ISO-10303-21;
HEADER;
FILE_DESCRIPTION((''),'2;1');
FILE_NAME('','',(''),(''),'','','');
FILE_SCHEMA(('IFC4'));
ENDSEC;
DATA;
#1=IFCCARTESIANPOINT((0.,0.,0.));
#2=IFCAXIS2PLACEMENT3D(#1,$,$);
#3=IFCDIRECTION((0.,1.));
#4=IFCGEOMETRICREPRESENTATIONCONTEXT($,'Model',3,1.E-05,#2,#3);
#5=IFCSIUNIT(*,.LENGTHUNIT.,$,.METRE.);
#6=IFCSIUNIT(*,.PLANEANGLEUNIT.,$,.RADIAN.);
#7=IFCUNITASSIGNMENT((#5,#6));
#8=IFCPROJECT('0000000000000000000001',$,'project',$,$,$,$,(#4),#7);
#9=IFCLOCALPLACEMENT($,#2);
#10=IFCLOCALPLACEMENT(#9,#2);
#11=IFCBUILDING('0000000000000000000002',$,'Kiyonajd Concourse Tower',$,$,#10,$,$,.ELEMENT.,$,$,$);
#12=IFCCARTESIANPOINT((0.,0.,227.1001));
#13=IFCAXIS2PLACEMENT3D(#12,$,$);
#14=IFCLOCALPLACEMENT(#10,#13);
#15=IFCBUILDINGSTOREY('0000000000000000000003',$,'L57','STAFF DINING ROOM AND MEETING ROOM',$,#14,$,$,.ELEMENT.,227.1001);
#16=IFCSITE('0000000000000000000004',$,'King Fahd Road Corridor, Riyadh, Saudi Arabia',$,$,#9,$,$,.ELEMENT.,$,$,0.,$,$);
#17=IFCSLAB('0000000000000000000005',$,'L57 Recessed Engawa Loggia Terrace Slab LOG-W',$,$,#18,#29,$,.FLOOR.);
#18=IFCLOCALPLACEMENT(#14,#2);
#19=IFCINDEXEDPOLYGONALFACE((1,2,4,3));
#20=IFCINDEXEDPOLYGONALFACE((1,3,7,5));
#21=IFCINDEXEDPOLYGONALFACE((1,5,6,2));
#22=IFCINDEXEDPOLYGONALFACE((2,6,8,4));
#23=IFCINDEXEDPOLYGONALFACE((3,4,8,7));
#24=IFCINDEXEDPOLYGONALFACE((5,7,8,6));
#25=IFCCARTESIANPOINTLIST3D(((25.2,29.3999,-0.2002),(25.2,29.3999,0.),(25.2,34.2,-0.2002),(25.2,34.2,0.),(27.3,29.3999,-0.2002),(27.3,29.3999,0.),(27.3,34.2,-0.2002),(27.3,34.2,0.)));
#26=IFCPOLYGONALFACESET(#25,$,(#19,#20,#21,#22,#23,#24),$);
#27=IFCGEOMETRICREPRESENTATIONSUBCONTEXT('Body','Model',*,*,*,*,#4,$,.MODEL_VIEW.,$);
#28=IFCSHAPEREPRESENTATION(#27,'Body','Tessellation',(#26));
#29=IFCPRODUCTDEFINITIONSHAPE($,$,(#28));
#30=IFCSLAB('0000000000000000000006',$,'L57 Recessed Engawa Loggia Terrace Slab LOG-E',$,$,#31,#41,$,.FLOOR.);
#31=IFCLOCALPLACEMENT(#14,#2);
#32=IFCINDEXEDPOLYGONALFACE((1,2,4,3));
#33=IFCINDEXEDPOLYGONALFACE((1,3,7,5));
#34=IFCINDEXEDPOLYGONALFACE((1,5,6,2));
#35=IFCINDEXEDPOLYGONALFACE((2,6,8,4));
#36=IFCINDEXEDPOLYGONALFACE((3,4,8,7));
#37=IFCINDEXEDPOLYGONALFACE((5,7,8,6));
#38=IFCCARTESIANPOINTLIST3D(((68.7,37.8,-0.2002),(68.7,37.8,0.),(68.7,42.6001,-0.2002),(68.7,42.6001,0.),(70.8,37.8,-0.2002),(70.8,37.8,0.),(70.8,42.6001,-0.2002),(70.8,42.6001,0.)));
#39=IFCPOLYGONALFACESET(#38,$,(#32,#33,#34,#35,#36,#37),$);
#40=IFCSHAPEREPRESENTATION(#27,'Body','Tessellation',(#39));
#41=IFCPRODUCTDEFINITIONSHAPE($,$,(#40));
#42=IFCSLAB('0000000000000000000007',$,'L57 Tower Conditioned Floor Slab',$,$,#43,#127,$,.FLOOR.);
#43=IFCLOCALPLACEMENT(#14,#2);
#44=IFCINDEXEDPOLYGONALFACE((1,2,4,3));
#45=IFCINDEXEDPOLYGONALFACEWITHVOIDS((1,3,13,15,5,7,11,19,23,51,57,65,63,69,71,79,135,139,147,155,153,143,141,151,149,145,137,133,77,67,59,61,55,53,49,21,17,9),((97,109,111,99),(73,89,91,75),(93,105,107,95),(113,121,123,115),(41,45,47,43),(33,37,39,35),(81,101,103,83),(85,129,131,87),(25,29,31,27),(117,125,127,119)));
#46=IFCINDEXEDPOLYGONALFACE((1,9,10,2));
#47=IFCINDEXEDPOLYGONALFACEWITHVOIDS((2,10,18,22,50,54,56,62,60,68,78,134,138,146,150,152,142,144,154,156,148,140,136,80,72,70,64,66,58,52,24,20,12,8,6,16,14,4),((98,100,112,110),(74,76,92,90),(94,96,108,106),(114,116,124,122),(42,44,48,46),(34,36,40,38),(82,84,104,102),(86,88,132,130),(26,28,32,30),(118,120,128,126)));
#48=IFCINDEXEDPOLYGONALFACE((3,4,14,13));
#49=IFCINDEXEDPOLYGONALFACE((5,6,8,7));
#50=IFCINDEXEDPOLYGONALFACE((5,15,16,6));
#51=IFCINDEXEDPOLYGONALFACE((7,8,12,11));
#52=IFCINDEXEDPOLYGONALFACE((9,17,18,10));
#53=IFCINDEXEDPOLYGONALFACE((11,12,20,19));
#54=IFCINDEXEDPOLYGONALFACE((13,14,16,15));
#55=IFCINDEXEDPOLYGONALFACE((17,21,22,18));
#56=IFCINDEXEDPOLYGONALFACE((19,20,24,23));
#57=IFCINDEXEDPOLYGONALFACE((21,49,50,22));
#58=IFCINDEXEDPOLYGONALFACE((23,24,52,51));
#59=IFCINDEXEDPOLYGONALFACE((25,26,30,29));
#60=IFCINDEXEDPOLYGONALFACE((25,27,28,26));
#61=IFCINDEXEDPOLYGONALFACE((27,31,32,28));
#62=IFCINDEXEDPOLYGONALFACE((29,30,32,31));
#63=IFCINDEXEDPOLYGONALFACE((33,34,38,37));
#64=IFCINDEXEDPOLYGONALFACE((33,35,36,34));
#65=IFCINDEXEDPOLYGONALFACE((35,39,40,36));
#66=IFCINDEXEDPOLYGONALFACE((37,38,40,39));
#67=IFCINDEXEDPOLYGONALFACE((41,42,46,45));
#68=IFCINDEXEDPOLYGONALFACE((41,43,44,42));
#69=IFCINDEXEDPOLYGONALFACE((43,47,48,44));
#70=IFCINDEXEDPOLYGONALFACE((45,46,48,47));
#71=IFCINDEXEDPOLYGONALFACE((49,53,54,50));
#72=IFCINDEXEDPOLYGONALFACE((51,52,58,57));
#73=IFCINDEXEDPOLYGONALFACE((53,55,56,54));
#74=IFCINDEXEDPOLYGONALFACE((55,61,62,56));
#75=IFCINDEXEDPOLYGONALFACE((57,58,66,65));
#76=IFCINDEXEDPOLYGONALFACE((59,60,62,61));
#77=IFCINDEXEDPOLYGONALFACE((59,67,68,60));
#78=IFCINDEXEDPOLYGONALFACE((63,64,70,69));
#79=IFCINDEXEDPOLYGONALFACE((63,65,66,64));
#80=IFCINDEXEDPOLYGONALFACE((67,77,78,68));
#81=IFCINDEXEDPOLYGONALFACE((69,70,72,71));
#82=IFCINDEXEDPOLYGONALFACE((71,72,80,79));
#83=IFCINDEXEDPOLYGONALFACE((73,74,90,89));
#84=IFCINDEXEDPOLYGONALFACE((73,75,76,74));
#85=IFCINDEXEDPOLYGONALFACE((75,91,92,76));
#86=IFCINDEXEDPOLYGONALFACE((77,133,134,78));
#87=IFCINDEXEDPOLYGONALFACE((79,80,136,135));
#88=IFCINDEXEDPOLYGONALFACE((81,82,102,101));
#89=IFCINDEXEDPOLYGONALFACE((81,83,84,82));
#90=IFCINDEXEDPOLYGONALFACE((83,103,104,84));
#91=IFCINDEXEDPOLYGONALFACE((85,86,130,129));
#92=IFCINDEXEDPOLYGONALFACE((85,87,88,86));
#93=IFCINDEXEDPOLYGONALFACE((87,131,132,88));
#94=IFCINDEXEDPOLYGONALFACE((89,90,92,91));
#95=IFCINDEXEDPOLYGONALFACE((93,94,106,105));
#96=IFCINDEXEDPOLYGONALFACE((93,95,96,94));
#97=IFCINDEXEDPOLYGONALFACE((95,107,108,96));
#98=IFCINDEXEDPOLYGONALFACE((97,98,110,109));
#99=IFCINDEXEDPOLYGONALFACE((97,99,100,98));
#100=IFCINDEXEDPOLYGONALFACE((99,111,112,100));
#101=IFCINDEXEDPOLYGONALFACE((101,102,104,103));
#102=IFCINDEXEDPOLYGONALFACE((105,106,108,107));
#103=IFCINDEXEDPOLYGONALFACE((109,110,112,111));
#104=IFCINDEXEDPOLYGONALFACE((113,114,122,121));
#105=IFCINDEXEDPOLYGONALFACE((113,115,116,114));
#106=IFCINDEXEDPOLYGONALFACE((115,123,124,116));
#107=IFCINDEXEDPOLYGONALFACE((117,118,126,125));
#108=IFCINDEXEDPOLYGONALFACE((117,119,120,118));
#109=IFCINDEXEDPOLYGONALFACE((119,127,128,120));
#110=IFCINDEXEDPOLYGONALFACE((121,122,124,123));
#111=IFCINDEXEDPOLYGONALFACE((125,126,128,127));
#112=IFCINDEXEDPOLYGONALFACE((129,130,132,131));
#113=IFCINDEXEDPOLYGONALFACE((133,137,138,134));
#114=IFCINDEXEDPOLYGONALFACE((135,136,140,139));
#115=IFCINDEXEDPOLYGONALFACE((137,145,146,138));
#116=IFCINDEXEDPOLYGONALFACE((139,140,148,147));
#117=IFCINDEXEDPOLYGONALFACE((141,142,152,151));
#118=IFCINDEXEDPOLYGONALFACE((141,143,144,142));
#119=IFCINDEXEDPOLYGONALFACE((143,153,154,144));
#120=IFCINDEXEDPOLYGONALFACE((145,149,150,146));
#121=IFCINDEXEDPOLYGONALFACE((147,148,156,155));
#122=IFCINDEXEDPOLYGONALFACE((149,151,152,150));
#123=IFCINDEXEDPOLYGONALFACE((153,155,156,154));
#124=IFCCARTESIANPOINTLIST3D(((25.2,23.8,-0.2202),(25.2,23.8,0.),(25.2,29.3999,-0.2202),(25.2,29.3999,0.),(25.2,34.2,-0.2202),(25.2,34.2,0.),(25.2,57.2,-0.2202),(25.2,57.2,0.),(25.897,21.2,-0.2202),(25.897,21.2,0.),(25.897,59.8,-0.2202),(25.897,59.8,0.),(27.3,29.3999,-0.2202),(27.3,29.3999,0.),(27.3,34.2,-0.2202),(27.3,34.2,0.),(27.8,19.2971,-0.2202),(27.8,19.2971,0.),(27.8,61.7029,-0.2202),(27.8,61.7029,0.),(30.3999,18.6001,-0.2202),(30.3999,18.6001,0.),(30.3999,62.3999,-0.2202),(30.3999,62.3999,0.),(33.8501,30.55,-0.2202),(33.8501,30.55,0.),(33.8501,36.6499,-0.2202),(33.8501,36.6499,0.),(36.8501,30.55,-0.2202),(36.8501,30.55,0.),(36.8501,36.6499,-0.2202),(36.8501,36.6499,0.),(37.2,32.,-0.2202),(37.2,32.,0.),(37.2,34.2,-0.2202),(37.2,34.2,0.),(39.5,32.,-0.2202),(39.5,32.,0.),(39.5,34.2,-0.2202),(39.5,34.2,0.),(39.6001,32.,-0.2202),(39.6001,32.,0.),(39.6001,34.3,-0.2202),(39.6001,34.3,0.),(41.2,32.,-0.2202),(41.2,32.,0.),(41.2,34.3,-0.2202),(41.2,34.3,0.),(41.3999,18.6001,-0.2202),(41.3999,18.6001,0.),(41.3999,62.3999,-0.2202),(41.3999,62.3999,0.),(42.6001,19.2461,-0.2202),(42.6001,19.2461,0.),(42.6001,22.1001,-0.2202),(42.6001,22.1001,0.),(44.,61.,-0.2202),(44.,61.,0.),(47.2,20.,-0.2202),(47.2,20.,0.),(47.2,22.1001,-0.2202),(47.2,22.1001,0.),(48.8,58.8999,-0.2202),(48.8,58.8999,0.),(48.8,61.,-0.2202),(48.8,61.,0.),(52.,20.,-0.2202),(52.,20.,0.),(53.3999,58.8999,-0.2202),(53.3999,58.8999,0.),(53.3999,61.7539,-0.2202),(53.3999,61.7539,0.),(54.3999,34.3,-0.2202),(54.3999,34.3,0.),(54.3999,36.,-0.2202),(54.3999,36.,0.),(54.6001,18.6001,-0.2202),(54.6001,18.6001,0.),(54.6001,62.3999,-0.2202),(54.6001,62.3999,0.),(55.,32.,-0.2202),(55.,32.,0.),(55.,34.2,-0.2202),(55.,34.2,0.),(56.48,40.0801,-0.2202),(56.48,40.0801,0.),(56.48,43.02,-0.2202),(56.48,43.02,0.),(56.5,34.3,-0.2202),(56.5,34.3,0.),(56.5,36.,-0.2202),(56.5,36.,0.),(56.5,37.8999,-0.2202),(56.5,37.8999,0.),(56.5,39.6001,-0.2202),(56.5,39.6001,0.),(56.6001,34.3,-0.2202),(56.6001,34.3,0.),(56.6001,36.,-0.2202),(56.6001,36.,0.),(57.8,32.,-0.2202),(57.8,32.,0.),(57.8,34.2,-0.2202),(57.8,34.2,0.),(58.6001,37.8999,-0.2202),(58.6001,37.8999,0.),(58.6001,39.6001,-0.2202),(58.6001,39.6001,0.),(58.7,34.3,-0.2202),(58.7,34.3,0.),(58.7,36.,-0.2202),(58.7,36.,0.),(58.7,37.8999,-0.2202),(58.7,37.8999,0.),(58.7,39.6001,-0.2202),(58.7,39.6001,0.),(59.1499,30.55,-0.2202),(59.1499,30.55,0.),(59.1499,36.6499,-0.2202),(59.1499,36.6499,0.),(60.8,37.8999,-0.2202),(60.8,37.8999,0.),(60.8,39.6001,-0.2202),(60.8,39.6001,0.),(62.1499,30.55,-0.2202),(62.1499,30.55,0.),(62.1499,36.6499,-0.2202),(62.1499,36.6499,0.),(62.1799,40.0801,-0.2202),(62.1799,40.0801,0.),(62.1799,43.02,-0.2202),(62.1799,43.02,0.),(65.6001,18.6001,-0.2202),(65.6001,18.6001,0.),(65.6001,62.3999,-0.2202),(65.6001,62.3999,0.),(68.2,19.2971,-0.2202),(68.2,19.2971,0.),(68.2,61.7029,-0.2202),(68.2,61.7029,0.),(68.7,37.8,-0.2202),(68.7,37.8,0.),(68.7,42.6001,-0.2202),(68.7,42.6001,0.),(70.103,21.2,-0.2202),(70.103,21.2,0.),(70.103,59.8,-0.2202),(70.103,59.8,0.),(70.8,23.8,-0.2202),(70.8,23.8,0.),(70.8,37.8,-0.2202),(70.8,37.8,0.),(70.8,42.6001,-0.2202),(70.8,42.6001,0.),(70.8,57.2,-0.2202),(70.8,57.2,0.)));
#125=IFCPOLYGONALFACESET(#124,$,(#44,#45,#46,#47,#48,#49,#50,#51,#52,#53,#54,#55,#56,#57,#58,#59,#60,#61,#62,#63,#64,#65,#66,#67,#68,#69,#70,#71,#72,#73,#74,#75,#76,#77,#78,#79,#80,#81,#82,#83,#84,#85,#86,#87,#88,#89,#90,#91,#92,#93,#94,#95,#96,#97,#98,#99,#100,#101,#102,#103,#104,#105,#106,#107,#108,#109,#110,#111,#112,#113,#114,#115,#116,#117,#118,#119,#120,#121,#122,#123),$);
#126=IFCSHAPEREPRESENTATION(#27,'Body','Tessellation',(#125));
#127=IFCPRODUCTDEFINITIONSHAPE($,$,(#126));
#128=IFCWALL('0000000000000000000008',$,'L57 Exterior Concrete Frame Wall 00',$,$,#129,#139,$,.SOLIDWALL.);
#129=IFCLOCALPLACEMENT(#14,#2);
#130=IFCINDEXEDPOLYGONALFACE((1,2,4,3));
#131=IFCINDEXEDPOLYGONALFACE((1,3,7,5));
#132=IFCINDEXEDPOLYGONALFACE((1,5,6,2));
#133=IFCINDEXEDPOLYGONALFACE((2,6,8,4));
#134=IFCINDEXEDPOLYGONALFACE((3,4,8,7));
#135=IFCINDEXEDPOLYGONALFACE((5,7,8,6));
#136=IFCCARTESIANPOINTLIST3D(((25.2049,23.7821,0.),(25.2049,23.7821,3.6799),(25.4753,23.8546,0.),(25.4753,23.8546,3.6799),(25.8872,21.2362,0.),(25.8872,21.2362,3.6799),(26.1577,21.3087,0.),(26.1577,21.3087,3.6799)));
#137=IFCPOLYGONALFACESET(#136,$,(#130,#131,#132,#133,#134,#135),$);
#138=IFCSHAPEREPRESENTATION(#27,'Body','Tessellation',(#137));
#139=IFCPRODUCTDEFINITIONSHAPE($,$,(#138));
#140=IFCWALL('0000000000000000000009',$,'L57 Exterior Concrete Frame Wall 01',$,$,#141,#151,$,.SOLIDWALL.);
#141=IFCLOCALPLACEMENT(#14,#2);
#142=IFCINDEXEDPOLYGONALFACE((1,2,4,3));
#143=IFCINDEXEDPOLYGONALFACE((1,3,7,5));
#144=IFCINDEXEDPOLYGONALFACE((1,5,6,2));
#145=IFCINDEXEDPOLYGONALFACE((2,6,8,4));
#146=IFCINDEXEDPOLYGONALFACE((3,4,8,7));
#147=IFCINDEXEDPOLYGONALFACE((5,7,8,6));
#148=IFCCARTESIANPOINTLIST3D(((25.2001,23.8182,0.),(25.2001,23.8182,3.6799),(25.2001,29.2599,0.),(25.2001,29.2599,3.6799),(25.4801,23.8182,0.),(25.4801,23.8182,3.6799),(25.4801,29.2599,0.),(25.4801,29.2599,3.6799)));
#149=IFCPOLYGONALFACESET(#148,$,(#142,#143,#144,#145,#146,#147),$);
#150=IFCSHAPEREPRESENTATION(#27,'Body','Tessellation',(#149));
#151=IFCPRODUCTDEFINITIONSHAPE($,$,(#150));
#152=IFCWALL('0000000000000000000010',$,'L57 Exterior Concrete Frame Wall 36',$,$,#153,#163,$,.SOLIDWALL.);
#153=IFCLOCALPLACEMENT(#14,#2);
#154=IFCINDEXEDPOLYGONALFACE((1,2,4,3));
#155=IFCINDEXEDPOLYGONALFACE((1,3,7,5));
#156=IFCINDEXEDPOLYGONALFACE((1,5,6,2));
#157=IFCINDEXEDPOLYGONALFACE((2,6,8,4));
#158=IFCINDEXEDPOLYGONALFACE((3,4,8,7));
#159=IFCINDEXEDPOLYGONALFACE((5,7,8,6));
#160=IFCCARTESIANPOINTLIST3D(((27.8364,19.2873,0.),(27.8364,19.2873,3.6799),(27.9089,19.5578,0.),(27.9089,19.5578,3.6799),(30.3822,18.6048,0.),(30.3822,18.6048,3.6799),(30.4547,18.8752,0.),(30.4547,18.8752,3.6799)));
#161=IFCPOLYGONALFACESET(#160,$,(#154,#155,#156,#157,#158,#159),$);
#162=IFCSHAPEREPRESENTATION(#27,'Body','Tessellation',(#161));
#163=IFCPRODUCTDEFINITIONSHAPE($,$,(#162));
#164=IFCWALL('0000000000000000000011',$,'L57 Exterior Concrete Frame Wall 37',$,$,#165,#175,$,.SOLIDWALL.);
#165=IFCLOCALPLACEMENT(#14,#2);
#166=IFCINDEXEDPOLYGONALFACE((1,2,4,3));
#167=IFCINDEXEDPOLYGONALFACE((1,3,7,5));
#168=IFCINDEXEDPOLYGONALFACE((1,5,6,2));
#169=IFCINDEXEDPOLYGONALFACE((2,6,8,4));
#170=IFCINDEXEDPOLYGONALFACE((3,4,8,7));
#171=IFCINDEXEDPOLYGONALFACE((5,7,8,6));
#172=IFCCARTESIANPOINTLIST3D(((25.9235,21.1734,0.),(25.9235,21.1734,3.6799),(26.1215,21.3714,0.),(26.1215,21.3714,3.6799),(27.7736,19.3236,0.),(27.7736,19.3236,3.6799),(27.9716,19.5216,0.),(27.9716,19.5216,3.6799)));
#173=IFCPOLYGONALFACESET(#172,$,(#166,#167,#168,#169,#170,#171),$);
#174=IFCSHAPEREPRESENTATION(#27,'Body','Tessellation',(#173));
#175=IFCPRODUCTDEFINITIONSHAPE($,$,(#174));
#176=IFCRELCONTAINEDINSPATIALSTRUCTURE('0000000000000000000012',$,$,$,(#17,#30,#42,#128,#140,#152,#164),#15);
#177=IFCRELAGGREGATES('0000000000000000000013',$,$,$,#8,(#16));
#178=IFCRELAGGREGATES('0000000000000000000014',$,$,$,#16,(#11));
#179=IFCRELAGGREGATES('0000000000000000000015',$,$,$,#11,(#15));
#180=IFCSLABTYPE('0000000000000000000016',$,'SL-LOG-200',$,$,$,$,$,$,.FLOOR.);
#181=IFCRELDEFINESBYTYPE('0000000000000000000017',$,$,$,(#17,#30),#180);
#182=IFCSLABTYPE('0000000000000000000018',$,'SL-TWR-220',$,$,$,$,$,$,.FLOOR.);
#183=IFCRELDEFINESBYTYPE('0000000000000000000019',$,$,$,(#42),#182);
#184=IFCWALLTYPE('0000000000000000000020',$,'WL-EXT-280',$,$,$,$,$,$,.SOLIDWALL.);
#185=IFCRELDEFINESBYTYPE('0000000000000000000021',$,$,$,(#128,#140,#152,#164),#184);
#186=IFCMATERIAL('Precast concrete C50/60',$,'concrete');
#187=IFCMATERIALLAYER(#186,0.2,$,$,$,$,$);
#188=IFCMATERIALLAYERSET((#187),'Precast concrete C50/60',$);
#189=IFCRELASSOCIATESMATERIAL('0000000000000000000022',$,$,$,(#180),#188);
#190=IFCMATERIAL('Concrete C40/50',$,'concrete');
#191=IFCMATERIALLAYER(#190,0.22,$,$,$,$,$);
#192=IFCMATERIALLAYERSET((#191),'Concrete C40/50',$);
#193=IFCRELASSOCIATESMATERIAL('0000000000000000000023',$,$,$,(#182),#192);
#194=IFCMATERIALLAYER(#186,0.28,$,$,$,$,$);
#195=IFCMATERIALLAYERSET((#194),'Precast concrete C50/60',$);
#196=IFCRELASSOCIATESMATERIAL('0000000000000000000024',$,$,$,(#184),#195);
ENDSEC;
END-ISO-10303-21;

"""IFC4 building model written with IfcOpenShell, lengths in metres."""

from ifc_helpers import new_model, si_unit, direction, frame, frame_2d, origin, place, context, subcontext, project, spatial, polyline, rectangle, outline, extrude, material, layer, layer_set, type_object, element, save


model = new_model("IFC4")

# Units and contexts
model_context = context("Model", 3, precision=1e-05, world=origin(), true_north=direction((0.0, 1.0)))
body_context = subcontext(model_context, "Body", "Model", "MODEL_VIEW")
ifc_project = project(units=[si_unit("LENGTHUNIT", "METRE"), si_unit("PLANEANGLEUNIT", "RADIAN")], contexts=[model_context])

# Site, building, storey
site_placement = place(None, origin())
site = spatial("IfcSite", under=ifc_project, at=site_placement, Name="King Fahd Road Corridor, Riyadh, Saudi Arabia", CompositionType="ELEMENT", RefElevation=0.0)
building_placement = place(site_placement, origin())
building = spatial("IfcBuilding", under=site, at=building_placement, Name="Kiyonajd Concourse Tower", CompositionType="ELEMENT")
storey_placement = place(building_placement, frame((0.0, 0.0, 227.1001)))
storey = spatial("IfcBuildingStorey", under=building, at=storey_placement, Name="L57", Description="STAFF DINING ROOM AND MEETING ROOM", CompositionType="ELEMENT", Elevation=227.1001)

# Shared definitions
ifc_material_1 = material(Name="Concrete C40/50", Category="concrete")

# Slabs
ifc_material_2 = material(Name="Precast concrete C50/60", Category="concrete")
ifc_layer_1 = layer(ifc_material_2, 0.2)
ifc_layer_set_1 = layer_set([ifc_layer_1], Name="Precast concrete C50/60")
slab_type_1 = type_object("IfcSlabType", Name="SL-LOG-200", PredefinedType="FLOOR", material=ifc_layer_set_1)
slab_1_placement = place(storey_placement, frame((0.0, 0.0, -0.2002)))
element("IfcSlab", 1, at=slab_1_placement, inside=storey, type_object=slab_type_1, Name="L57 Recessed Engawa Loggia Terrace Slab LOG-W", PredefinedType="FLOOR", context=body_context, shape_type="SweptSolid", body=[
    extrude(outline(polyline([(25.2, 29.3999), (27.3, 29.3999), (27.3, 34.2), (25.2, 34.2), (25.2, 29.3999)])), origin(), (0.0, 0.0, 1.0), 0.2002),
])
slab_2_placement = place(storey_placement, frame((0.0, 0.0, -0.2002)))
element("IfcSlab", 2, at=slab_2_placement, inside=storey, type_object=slab_type_1, Name="L57 Recessed Engawa Loggia Terrace Slab LOG-E", PredefinedType="FLOOR", context=body_context, shape_type="SweptSolid", body=[
    extrude(outline(polyline([(68.7, 37.8), (70.8, 37.8), (70.8, 42.6001), (68.7, 42.6001), (68.7, 37.8)])), origin(), (0.0, 0.0, 1.0), 0.2002),
])
ifc_layer_2 = layer(ifc_material_1, 0.22)
ifc_layer_set_2 = layer_set([ifc_layer_2], Name="Concrete C40/50")
slab_type_2 = type_object("IfcSlabType", Name="SL-TWR-220", PredefinedType="FLOOR", material=ifc_layer_set_2)
slab_3_placement = place(storey_placement, frame((0.0, 0.0, -0.2202)))
element("IfcSlab", 3, at=slab_3_placement, inside=storey, type_object=slab_type_2, Name="L57 Tower Conditioned Floor Slab", PredefinedType="FLOOR", context=body_context, shape_type="SweptSolid", body=[
    extrude(outline(polyline([(25.897, 21.2), (25.2, 23.8), (25.2, 29.3999), (27.3, 29.3999), (27.3, 34.2), (25.2, 34.2), (25.2, 57.2), (25.897, 59.8), (27.8, 61.7029), (30.3999, 62.3999), (41.3999, 62.3999), (44.0, 61.0), (48.8, 61.0), (48.8, 58.8999), (53.3999, 58.8999), (53.3999, 61.7539), (54.6001, 62.3999), (65.6001, 62.3999), (68.2, 61.7029), (70.103, 59.8), (70.8, 57.2), (70.8, 42.6001), (68.7, 42.6001), (68.7, 37.8), (70.8, 37.8), (70.8, 23.8), (70.103, 21.2), (68.2, 19.2971), (65.6001, 18.6001), (54.6001, 18.6001), (52.0, 20.0), (47.2, 20.0), (47.2, 22.1001), (42.6001, 22.1001), (42.6001, 19.2461), (41.3999, 18.6001), (30.3999, 18.6001), (27.8, 19.2971), (25.897, 21.2)]), holes=[polyline([(39.5, 32.0), (37.2, 32.0), (37.2, 34.2), (39.5, 34.2), (39.5, 32.0)]), polyline([(57.8, 32.0), (55.0, 32.0), (55.0, 34.2), (57.8, 34.2), (57.8, 32.0)]), polyline([(41.2, 32.0), (39.6001, 32.0), (39.6001, 34.3), (41.2, 34.3), (41.2, 32.0)]), polyline([(33.8501, 30.55), (33.8501, 36.6499), (36.8501, 36.6499), (36.8501, 30.55), (33.8501, 30.55)]), polyline([(59.1499, 30.55), (59.1499, 36.6499), (62.1499, 36.6499), (62.1499, 30.55), (59.1499, 30.55)]), polyline([(56.5, 34.3), (54.3999, 34.3), (54.3999, 36.0), (56.5, 36.0), (56.5, 34.3)]), polyline([(58.7, 34.3), (56.6001, 34.3), (56.6001, 36.0), (58.7, 36.0), (58.7, 34.3)]), polyline([(58.6001, 37.8999), (56.5, 37.8999), (56.5, 39.6001), (58.6001, 39.6001), (58.6001, 37.8999)]), polyline([(58.7, 37.8999), (58.7, 39.6001), (60.8, 39.6001), (60.8, 37.8999), (58.7, 37.8999)]), polyline([(56.48, 43.02), (62.1799, 43.02), (62.1799, 40.0801), (56.48, 40.0801), (56.48, 43.02)])]), origin(), (0.0, 0.0, 1.0), 0.2202),
])

# Walls
ifc_layer_3 = layer(ifc_material_2, 0.28)
ifc_layer_set_3 = layer_set([ifc_layer_3], Name="Precast concrete C50/60")
wall_type_1 = type_object("IfcWallType", Name="WL-EXT-280", PredefinedType="SOLIDWALL", material=ifc_layer_set_3)
wall_1_placement = place(storey_placement, frame((26.0225, 21.2725, 0.0), z_axis=(0.0, 0.0, 1.0), x_axis=(-0.25889, 0.965907, 0.0)))
element("IfcWall", 4, at=wall_1_placement, inside=storey, type_object=wall_type_1, Name="L57 Exterior Concrete Frame Wall 00", PredefinedType="SOLIDWALL", context=body_context, shape_type="SweptSolid", body=[
    extrude(rectangle(XDim=2.6357, YDim=0.28, at=frame_2d((1.3179, 0.0))), origin(), (0.0, 0.0, 1.0), 3.6799),
])
wall_2_placement = place(storey_placement, frame((25.3401, 23.8184, 0.0), z_axis=(0.0, 0.0, 1.0), x_axis=(0.0, 1.0, 0.0)))
element("IfcWall", 5, at=wall_2_placement, inside=storey, type_object=wall_type_1, Name="L57 Exterior Concrete Frame Wall 01", PredefinedType="SOLIDWALL", context=body_context, shape_type="SweptSolid", body=[
    extrude(rectangle(XDim=5.4417, YDim=0.28, at=frame_2d((2.7207, 0.0))), origin(), (0.0, 0.0, 1.0), 3.6799),
])
wall_3_placement = place(storey_placement, frame((30.4185, 18.74, 0.0), z_axis=(0.0, 0.0, 1.0), x_axis=(-0.965884, 0.258977, 0.0)))
element("IfcWall", 6, at=wall_3_placement, inside=storey, type_object=wall_type_1, Name="L57 Exterior Concrete Frame Wall 36", PredefinedType="SOLIDWALL", context=body_context, shape_type="SweptSolid", body=[
    extrude(rectangle(XDim=2.6357, YDim=0.28, at=frame_2d((1.3179, 0.0))), origin(), (0.0, 0.0, 1.0), 3.6799),
])
wall_4_placement = place(storey_placement, frame((27.8726, 19.4226, 0.0), z_axis=(0.0, 0.0, 1.0), x_axis=(-0.707153, 0.70706, 0.0)))
element("IfcWall", 7, at=wall_4_placement, inside=storey, type_object=wall_type_1, Name="L57 Exterior Concrete Frame Wall 37", PredefinedType="SOLIDWALL", context=body_context, shape_type="SweptSolid", body=[
    extrude(rectangle(XDim=2.6162, YDim=0.28, at=frame_2d((1.3081, 0.0))), origin(), (0.0, 0.0, 1.0), 3.6799),
])

save(model, "model.ifc")
